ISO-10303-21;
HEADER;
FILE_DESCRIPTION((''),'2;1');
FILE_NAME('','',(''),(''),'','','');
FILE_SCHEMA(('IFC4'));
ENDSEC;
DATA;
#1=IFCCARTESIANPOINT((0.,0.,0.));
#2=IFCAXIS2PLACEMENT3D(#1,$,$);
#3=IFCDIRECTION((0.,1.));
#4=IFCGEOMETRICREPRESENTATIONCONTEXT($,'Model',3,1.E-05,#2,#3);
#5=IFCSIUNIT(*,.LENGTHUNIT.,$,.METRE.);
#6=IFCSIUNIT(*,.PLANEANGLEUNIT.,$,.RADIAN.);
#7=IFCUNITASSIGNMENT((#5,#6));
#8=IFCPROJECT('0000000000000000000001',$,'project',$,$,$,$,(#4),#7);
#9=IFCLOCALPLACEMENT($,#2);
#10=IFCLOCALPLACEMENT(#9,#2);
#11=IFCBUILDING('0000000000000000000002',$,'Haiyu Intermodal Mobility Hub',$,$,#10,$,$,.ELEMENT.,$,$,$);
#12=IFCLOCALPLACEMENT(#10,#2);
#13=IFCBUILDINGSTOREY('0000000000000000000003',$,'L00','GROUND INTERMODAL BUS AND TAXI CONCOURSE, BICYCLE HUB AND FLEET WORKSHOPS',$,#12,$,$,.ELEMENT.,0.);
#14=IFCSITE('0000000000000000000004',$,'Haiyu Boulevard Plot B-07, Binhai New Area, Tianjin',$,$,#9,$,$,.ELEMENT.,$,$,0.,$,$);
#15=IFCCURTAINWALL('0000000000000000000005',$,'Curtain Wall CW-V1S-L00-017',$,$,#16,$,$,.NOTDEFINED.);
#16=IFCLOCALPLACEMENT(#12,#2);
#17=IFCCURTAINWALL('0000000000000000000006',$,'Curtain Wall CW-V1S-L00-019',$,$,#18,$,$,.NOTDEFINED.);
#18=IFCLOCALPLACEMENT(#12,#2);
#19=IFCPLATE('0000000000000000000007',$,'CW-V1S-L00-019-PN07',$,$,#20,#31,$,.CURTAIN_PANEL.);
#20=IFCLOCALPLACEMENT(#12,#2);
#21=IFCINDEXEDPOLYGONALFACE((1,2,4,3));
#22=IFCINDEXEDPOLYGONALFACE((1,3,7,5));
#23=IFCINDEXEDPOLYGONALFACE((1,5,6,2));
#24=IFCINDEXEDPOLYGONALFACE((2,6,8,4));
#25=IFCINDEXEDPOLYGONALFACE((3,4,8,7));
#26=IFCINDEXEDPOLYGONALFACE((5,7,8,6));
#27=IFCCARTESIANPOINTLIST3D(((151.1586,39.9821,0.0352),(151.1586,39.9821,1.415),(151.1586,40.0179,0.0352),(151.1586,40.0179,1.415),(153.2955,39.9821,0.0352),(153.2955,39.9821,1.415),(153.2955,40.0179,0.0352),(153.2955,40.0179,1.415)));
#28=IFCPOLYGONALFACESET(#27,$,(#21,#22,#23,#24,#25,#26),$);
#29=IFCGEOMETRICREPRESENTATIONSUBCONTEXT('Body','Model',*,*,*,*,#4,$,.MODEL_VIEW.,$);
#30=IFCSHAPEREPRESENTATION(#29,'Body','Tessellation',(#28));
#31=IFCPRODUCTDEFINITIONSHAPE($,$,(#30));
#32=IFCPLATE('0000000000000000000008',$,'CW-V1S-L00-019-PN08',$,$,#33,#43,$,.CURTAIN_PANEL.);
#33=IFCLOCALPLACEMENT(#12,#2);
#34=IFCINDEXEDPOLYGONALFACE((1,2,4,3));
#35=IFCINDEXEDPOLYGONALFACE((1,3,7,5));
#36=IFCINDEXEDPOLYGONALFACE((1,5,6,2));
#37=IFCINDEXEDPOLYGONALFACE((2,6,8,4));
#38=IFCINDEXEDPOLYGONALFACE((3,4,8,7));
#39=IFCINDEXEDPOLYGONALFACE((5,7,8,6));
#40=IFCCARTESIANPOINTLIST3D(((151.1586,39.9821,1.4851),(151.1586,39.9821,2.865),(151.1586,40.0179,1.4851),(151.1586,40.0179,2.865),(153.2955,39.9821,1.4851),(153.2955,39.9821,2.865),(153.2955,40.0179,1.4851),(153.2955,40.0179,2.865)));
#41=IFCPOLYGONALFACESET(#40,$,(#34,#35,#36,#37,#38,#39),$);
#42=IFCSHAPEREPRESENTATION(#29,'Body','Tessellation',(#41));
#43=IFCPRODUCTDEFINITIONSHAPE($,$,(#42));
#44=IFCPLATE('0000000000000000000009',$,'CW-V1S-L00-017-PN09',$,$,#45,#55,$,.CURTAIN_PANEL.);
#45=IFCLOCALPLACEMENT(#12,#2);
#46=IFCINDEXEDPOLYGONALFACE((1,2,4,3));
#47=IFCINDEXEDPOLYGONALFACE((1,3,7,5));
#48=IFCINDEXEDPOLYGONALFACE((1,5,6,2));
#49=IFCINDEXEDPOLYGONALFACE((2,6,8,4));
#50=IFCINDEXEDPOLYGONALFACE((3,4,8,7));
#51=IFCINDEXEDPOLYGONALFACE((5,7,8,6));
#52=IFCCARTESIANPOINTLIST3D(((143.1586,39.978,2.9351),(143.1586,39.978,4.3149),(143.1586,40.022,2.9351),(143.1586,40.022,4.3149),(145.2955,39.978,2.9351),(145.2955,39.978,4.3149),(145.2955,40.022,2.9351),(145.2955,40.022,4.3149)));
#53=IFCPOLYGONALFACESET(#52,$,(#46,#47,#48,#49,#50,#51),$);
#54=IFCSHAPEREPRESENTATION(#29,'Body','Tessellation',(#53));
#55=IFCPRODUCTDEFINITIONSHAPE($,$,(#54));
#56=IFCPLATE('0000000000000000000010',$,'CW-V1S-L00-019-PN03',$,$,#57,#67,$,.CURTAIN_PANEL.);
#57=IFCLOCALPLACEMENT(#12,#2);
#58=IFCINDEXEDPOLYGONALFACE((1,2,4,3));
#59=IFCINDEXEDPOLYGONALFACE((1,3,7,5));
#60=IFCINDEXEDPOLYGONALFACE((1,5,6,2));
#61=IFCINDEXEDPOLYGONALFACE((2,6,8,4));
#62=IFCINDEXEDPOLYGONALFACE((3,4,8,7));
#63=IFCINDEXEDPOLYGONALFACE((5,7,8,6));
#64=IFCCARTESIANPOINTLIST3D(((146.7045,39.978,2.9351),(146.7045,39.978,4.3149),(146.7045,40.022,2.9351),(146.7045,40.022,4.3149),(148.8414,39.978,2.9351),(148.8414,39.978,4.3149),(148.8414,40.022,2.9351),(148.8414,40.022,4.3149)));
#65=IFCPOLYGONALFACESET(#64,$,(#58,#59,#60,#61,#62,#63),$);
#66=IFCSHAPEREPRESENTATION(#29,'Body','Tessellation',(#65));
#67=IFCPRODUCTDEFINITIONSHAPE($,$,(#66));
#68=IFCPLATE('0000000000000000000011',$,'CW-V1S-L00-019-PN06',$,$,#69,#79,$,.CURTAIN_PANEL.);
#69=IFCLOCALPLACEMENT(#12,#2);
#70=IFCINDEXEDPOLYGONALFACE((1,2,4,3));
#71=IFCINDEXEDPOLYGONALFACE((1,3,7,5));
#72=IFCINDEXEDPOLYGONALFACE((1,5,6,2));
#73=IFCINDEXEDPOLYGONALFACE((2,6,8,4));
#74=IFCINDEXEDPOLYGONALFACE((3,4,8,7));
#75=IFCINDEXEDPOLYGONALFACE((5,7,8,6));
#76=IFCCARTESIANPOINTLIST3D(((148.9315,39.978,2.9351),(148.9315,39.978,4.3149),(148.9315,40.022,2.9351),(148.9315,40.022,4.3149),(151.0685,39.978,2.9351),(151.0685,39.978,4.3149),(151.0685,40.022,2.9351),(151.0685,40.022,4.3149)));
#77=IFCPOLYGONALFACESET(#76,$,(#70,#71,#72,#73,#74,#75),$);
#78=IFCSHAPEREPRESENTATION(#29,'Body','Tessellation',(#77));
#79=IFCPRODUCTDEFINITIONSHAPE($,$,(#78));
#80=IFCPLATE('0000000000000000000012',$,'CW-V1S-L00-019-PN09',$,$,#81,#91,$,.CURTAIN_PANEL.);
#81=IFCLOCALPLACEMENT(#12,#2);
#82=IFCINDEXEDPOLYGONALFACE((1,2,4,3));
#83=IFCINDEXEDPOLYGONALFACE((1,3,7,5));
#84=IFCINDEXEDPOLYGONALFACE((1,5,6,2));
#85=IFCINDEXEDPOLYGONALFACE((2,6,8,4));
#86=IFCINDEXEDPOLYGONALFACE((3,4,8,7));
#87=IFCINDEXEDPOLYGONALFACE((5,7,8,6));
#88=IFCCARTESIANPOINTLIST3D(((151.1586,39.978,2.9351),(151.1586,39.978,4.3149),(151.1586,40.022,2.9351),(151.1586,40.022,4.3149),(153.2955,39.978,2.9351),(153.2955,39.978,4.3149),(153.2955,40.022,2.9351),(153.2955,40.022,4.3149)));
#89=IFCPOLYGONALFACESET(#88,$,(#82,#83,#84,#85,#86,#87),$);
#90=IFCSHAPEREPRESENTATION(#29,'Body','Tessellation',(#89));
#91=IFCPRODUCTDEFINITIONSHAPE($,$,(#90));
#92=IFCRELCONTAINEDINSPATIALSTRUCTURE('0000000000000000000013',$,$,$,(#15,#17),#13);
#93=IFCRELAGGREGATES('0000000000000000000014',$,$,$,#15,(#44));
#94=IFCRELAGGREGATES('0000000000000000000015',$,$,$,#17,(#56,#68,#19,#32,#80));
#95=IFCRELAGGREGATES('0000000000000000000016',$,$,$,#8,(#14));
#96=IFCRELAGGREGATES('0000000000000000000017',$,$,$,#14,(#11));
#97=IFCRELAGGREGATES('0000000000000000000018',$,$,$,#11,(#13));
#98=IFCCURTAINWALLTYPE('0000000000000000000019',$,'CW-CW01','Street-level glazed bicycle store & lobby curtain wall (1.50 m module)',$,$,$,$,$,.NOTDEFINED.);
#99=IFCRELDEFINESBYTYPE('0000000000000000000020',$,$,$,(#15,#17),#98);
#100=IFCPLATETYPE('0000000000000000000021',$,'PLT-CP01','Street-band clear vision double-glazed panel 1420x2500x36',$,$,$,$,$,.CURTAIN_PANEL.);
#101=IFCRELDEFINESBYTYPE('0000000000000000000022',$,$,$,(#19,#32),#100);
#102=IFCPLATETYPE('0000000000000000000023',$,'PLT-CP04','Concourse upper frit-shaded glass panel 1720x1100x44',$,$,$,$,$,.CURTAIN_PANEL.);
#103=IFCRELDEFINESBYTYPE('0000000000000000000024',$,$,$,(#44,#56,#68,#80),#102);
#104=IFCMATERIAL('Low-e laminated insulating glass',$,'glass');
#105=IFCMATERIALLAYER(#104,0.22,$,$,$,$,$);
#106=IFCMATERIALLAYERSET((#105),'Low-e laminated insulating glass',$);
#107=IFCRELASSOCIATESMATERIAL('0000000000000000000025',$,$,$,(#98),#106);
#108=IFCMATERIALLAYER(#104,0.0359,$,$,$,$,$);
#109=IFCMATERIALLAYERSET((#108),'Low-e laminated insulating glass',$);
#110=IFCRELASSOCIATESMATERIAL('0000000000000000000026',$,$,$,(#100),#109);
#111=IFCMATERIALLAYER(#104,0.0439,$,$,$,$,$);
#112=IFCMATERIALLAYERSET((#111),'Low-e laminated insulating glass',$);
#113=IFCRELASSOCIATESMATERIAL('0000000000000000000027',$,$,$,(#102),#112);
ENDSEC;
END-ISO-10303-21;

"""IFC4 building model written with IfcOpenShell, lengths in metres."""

from ifc_helpers import new_model, si_unit, direction, frame, origin, origin_2d, place, context, subcontext, project, spatial, rectangle, extrude, material, layer, layer_set, type_object, element, aggregate, save


model = new_model("IFC4")

# Units and contexts
model_context = context("Model", 3, precision=1e-05, world=origin(), true_north=direction((0.0, 1.0)))
body_context = subcontext(model_context, "Body", "Model", "MODEL_VIEW")
ifc_project = project(units=[si_unit("LENGTHUNIT", "METRE"), si_unit("PLANEANGLEUNIT", "RADIAN")], contexts=[model_context])

# Site, building, storey
site_placement = place(None, origin())
site = spatial("IfcSite", under=ifc_project, at=site_placement, Name="Haiyu Boulevard Plot B-07, Binhai New Area, Tianjin", CompositionType="ELEMENT", RefElevation=0.0)
building_placement = place(site_placement, origin())
building = spatial("IfcBuilding", under=site, at=building_placement, Name="Haiyu Intermodal Mobility Hub", CompositionType="ELEMENT")
storey_placement = place(building_placement, origin())
storey = spatial("IfcBuildingStorey", under=building, at=storey_placement, Name="L00", Description="GROUND INTERMODAL BUS AND TAXI CONCOURSE, BICYCLE HUB AND FLEET WORKSHOPS", CompositionType="ELEMENT", Elevation=0.0)

# Curtain wall
ifc_material_1 = material(Name="Low-e laminated insulating glass", Category="glass")
ifc_layer_1 = layer(ifc_material_1, 0.22)
ifc_layer_set_1 = layer_set([ifc_layer_1], Name="Low-e laminated insulating glass")
curtain_wall_type = type_object("IfcCurtainWallType", Name="CW-CW01", Description="Street-level glazed bicycle store & lobby curtain wall (1.50 m module)", PredefinedType="NOTDEFINED", material=ifc_layer_set_1)
curtain_wall_1_placement = place(storey_placement, origin())
curtain_wall_1 = element("IfcCurtainWall", 1, at=curtain_wall_1_placement, inside=storey, type_object=curtain_wall_type, Name="Curtain Wall CW-V1S-L00-017", PredefinedType="NOTDEFINED")

# Curtain wall, plates
curtain_wall_2_placement = place(storey_placement, origin())
curtain_wall_2 = element("IfcCurtainWall", 2, at=curtain_wall_2_placement, inside=storey, type_object=curtain_wall_type, Name="Curtain Wall CW-V1S-L00-019", PredefinedType="NOTDEFINED")
ifc_layer_2 = layer(ifc_material_1, 0.0359)
ifc_layer_set_2 = layer_set([ifc_layer_2], Name="Low-e laminated insulating glass")
plate_type_1 = type_object("IfcPlateType", Name="PLT-CP01", Description="Street-band clear vision double-glazed panel 1420x2500x36", PredefinedType="CURTAIN_PANEL", material=ifc_layer_set_2)
plate_1_placement = place(storey_placement, frame((152.2271, 40.0, 0.0352), z_axis=(0.0, 0.0, 1.0), x_axis=(1.0, 0.0, 0.0)))
plate_1 = element("IfcPlate", 3, at=plate_1_placement, type_object=plate_type_1, Name="CW-V1S-L00-019-PN07", PredefinedType="CURTAIN_PANEL", context=body_context, shape_type="SweptSolid", body=[
    extrude(rectangle(XDim=2.137, YDim=0.0359, at=origin_2d()), origin(), (0.0, 0.0, 1.0), 1.3799),
])
plate_2_placement = place(storey_placement, frame((152.2271, 40.0, 1.4851), z_axis=(0.0, 0.0, 1.0), x_axis=(1.0, 0.0, 0.0)))
plate_2 = element("IfcPlate", 4, at=plate_2_placement, type_object=plate_type_1, Name="CW-V1S-L00-019-PN08", PredefinedType="CURTAIN_PANEL", context=body_context, shape_type="SweptSolid", body=[
    extrude(rectangle(XDim=2.137, YDim=0.0359, at=origin_2d()), origin(), (0.0, 0.0, 1.0), 1.3799),
])

# Plates
ifc_layer_3 = layer(ifc_material_1, 0.0439)
ifc_layer_set_3 = layer_set([ifc_layer_3], Name="Low-e laminated insulating glass")
plate_type_2 = type_object("IfcPlateType", Name="PLT-CP04", Description="Concourse upper frit-shaded glass panel 1720x1100x44", PredefinedType="CURTAIN_PANEL", material=ifc_layer_set_3)
plate_3_placement = place(storey_placement, frame((144.2271, 40.0, 2.9351), z_axis=(0.0, 0.0, 1.0), x_axis=(1.0, 0.0, 0.0)))
plate_3 = element("IfcPlate", 5, at=plate_3_placement, type_object=plate_type_2, Name="CW-V1S-L00-017-PN09", PredefinedType="CURTAIN_PANEL", context=body_context, shape_type="SweptSolid", body=[
    extrude(rectangle(XDim=2.137, YDim=0.0439, at=origin_2d()), origin(), (0.0, 0.0, 1.0), 1.3799),
])
aggregate(curtain_wall_1, [plate_3])
plate_4_placement = place(storey_placement, frame((147.7729, 40.0, 2.9351), z_axis=(0.0, 0.0, 1.0), x_axis=(1.0, 0.0, 0.0)))
plate_4 = element("IfcPlate", 6, at=plate_4_placement, type_object=plate_type_2, Name="CW-V1S-L00-019-PN03", PredefinedType="CURTAIN_PANEL", context=body_context, shape_type="SweptSolid", body=[
    extrude(rectangle(XDim=2.137, YDim=0.0439, at=origin_2d()), origin(), (0.0, 0.0, 1.0), 1.3799),
])
plate_5_placement = place(storey_placement, frame((150.0, 40.0, 2.9351), z_axis=(0.0, 0.0, 1.0), x_axis=(1.0, 0.0, 0.0)))
plate_5 = element("IfcPlate", 7, at=plate_5_placement, type_object=plate_type_2, Name="CW-V1S-L00-019-PN06", PredefinedType="CURTAIN_PANEL", context=body_context, shape_type="SweptSolid", body=[
    extrude(rectangle(XDim=2.137, YDim=0.0439, at=origin_2d()), origin(), (0.0, 0.0, 1.0), 1.3799),
])
plate_6_placement = place(storey_placement, frame((152.2271, 40.0, 2.9351), z_axis=(0.0, 0.0, 1.0), x_axis=(1.0, 0.0, 0.0)))
plate_6 = element("IfcPlate", 8, at=plate_6_placement, type_object=plate_type_2, Name="CW-V1S-L00-019-PN09", PredefinedType="CURTAIN_PANEL", context=body_context, shape_type="SweptSolid", body=[
    extrude(rectangle(XDim=2.137, YDim=0.0439, at=origin_2d()), origin(), (0.0, 0.0, 1.0), 1.3799),
])
aggregate(curtain_wall_2, [plate_4, plate_5, plate_1, plate_2, plate_6])

save(model, "model.ifc")
